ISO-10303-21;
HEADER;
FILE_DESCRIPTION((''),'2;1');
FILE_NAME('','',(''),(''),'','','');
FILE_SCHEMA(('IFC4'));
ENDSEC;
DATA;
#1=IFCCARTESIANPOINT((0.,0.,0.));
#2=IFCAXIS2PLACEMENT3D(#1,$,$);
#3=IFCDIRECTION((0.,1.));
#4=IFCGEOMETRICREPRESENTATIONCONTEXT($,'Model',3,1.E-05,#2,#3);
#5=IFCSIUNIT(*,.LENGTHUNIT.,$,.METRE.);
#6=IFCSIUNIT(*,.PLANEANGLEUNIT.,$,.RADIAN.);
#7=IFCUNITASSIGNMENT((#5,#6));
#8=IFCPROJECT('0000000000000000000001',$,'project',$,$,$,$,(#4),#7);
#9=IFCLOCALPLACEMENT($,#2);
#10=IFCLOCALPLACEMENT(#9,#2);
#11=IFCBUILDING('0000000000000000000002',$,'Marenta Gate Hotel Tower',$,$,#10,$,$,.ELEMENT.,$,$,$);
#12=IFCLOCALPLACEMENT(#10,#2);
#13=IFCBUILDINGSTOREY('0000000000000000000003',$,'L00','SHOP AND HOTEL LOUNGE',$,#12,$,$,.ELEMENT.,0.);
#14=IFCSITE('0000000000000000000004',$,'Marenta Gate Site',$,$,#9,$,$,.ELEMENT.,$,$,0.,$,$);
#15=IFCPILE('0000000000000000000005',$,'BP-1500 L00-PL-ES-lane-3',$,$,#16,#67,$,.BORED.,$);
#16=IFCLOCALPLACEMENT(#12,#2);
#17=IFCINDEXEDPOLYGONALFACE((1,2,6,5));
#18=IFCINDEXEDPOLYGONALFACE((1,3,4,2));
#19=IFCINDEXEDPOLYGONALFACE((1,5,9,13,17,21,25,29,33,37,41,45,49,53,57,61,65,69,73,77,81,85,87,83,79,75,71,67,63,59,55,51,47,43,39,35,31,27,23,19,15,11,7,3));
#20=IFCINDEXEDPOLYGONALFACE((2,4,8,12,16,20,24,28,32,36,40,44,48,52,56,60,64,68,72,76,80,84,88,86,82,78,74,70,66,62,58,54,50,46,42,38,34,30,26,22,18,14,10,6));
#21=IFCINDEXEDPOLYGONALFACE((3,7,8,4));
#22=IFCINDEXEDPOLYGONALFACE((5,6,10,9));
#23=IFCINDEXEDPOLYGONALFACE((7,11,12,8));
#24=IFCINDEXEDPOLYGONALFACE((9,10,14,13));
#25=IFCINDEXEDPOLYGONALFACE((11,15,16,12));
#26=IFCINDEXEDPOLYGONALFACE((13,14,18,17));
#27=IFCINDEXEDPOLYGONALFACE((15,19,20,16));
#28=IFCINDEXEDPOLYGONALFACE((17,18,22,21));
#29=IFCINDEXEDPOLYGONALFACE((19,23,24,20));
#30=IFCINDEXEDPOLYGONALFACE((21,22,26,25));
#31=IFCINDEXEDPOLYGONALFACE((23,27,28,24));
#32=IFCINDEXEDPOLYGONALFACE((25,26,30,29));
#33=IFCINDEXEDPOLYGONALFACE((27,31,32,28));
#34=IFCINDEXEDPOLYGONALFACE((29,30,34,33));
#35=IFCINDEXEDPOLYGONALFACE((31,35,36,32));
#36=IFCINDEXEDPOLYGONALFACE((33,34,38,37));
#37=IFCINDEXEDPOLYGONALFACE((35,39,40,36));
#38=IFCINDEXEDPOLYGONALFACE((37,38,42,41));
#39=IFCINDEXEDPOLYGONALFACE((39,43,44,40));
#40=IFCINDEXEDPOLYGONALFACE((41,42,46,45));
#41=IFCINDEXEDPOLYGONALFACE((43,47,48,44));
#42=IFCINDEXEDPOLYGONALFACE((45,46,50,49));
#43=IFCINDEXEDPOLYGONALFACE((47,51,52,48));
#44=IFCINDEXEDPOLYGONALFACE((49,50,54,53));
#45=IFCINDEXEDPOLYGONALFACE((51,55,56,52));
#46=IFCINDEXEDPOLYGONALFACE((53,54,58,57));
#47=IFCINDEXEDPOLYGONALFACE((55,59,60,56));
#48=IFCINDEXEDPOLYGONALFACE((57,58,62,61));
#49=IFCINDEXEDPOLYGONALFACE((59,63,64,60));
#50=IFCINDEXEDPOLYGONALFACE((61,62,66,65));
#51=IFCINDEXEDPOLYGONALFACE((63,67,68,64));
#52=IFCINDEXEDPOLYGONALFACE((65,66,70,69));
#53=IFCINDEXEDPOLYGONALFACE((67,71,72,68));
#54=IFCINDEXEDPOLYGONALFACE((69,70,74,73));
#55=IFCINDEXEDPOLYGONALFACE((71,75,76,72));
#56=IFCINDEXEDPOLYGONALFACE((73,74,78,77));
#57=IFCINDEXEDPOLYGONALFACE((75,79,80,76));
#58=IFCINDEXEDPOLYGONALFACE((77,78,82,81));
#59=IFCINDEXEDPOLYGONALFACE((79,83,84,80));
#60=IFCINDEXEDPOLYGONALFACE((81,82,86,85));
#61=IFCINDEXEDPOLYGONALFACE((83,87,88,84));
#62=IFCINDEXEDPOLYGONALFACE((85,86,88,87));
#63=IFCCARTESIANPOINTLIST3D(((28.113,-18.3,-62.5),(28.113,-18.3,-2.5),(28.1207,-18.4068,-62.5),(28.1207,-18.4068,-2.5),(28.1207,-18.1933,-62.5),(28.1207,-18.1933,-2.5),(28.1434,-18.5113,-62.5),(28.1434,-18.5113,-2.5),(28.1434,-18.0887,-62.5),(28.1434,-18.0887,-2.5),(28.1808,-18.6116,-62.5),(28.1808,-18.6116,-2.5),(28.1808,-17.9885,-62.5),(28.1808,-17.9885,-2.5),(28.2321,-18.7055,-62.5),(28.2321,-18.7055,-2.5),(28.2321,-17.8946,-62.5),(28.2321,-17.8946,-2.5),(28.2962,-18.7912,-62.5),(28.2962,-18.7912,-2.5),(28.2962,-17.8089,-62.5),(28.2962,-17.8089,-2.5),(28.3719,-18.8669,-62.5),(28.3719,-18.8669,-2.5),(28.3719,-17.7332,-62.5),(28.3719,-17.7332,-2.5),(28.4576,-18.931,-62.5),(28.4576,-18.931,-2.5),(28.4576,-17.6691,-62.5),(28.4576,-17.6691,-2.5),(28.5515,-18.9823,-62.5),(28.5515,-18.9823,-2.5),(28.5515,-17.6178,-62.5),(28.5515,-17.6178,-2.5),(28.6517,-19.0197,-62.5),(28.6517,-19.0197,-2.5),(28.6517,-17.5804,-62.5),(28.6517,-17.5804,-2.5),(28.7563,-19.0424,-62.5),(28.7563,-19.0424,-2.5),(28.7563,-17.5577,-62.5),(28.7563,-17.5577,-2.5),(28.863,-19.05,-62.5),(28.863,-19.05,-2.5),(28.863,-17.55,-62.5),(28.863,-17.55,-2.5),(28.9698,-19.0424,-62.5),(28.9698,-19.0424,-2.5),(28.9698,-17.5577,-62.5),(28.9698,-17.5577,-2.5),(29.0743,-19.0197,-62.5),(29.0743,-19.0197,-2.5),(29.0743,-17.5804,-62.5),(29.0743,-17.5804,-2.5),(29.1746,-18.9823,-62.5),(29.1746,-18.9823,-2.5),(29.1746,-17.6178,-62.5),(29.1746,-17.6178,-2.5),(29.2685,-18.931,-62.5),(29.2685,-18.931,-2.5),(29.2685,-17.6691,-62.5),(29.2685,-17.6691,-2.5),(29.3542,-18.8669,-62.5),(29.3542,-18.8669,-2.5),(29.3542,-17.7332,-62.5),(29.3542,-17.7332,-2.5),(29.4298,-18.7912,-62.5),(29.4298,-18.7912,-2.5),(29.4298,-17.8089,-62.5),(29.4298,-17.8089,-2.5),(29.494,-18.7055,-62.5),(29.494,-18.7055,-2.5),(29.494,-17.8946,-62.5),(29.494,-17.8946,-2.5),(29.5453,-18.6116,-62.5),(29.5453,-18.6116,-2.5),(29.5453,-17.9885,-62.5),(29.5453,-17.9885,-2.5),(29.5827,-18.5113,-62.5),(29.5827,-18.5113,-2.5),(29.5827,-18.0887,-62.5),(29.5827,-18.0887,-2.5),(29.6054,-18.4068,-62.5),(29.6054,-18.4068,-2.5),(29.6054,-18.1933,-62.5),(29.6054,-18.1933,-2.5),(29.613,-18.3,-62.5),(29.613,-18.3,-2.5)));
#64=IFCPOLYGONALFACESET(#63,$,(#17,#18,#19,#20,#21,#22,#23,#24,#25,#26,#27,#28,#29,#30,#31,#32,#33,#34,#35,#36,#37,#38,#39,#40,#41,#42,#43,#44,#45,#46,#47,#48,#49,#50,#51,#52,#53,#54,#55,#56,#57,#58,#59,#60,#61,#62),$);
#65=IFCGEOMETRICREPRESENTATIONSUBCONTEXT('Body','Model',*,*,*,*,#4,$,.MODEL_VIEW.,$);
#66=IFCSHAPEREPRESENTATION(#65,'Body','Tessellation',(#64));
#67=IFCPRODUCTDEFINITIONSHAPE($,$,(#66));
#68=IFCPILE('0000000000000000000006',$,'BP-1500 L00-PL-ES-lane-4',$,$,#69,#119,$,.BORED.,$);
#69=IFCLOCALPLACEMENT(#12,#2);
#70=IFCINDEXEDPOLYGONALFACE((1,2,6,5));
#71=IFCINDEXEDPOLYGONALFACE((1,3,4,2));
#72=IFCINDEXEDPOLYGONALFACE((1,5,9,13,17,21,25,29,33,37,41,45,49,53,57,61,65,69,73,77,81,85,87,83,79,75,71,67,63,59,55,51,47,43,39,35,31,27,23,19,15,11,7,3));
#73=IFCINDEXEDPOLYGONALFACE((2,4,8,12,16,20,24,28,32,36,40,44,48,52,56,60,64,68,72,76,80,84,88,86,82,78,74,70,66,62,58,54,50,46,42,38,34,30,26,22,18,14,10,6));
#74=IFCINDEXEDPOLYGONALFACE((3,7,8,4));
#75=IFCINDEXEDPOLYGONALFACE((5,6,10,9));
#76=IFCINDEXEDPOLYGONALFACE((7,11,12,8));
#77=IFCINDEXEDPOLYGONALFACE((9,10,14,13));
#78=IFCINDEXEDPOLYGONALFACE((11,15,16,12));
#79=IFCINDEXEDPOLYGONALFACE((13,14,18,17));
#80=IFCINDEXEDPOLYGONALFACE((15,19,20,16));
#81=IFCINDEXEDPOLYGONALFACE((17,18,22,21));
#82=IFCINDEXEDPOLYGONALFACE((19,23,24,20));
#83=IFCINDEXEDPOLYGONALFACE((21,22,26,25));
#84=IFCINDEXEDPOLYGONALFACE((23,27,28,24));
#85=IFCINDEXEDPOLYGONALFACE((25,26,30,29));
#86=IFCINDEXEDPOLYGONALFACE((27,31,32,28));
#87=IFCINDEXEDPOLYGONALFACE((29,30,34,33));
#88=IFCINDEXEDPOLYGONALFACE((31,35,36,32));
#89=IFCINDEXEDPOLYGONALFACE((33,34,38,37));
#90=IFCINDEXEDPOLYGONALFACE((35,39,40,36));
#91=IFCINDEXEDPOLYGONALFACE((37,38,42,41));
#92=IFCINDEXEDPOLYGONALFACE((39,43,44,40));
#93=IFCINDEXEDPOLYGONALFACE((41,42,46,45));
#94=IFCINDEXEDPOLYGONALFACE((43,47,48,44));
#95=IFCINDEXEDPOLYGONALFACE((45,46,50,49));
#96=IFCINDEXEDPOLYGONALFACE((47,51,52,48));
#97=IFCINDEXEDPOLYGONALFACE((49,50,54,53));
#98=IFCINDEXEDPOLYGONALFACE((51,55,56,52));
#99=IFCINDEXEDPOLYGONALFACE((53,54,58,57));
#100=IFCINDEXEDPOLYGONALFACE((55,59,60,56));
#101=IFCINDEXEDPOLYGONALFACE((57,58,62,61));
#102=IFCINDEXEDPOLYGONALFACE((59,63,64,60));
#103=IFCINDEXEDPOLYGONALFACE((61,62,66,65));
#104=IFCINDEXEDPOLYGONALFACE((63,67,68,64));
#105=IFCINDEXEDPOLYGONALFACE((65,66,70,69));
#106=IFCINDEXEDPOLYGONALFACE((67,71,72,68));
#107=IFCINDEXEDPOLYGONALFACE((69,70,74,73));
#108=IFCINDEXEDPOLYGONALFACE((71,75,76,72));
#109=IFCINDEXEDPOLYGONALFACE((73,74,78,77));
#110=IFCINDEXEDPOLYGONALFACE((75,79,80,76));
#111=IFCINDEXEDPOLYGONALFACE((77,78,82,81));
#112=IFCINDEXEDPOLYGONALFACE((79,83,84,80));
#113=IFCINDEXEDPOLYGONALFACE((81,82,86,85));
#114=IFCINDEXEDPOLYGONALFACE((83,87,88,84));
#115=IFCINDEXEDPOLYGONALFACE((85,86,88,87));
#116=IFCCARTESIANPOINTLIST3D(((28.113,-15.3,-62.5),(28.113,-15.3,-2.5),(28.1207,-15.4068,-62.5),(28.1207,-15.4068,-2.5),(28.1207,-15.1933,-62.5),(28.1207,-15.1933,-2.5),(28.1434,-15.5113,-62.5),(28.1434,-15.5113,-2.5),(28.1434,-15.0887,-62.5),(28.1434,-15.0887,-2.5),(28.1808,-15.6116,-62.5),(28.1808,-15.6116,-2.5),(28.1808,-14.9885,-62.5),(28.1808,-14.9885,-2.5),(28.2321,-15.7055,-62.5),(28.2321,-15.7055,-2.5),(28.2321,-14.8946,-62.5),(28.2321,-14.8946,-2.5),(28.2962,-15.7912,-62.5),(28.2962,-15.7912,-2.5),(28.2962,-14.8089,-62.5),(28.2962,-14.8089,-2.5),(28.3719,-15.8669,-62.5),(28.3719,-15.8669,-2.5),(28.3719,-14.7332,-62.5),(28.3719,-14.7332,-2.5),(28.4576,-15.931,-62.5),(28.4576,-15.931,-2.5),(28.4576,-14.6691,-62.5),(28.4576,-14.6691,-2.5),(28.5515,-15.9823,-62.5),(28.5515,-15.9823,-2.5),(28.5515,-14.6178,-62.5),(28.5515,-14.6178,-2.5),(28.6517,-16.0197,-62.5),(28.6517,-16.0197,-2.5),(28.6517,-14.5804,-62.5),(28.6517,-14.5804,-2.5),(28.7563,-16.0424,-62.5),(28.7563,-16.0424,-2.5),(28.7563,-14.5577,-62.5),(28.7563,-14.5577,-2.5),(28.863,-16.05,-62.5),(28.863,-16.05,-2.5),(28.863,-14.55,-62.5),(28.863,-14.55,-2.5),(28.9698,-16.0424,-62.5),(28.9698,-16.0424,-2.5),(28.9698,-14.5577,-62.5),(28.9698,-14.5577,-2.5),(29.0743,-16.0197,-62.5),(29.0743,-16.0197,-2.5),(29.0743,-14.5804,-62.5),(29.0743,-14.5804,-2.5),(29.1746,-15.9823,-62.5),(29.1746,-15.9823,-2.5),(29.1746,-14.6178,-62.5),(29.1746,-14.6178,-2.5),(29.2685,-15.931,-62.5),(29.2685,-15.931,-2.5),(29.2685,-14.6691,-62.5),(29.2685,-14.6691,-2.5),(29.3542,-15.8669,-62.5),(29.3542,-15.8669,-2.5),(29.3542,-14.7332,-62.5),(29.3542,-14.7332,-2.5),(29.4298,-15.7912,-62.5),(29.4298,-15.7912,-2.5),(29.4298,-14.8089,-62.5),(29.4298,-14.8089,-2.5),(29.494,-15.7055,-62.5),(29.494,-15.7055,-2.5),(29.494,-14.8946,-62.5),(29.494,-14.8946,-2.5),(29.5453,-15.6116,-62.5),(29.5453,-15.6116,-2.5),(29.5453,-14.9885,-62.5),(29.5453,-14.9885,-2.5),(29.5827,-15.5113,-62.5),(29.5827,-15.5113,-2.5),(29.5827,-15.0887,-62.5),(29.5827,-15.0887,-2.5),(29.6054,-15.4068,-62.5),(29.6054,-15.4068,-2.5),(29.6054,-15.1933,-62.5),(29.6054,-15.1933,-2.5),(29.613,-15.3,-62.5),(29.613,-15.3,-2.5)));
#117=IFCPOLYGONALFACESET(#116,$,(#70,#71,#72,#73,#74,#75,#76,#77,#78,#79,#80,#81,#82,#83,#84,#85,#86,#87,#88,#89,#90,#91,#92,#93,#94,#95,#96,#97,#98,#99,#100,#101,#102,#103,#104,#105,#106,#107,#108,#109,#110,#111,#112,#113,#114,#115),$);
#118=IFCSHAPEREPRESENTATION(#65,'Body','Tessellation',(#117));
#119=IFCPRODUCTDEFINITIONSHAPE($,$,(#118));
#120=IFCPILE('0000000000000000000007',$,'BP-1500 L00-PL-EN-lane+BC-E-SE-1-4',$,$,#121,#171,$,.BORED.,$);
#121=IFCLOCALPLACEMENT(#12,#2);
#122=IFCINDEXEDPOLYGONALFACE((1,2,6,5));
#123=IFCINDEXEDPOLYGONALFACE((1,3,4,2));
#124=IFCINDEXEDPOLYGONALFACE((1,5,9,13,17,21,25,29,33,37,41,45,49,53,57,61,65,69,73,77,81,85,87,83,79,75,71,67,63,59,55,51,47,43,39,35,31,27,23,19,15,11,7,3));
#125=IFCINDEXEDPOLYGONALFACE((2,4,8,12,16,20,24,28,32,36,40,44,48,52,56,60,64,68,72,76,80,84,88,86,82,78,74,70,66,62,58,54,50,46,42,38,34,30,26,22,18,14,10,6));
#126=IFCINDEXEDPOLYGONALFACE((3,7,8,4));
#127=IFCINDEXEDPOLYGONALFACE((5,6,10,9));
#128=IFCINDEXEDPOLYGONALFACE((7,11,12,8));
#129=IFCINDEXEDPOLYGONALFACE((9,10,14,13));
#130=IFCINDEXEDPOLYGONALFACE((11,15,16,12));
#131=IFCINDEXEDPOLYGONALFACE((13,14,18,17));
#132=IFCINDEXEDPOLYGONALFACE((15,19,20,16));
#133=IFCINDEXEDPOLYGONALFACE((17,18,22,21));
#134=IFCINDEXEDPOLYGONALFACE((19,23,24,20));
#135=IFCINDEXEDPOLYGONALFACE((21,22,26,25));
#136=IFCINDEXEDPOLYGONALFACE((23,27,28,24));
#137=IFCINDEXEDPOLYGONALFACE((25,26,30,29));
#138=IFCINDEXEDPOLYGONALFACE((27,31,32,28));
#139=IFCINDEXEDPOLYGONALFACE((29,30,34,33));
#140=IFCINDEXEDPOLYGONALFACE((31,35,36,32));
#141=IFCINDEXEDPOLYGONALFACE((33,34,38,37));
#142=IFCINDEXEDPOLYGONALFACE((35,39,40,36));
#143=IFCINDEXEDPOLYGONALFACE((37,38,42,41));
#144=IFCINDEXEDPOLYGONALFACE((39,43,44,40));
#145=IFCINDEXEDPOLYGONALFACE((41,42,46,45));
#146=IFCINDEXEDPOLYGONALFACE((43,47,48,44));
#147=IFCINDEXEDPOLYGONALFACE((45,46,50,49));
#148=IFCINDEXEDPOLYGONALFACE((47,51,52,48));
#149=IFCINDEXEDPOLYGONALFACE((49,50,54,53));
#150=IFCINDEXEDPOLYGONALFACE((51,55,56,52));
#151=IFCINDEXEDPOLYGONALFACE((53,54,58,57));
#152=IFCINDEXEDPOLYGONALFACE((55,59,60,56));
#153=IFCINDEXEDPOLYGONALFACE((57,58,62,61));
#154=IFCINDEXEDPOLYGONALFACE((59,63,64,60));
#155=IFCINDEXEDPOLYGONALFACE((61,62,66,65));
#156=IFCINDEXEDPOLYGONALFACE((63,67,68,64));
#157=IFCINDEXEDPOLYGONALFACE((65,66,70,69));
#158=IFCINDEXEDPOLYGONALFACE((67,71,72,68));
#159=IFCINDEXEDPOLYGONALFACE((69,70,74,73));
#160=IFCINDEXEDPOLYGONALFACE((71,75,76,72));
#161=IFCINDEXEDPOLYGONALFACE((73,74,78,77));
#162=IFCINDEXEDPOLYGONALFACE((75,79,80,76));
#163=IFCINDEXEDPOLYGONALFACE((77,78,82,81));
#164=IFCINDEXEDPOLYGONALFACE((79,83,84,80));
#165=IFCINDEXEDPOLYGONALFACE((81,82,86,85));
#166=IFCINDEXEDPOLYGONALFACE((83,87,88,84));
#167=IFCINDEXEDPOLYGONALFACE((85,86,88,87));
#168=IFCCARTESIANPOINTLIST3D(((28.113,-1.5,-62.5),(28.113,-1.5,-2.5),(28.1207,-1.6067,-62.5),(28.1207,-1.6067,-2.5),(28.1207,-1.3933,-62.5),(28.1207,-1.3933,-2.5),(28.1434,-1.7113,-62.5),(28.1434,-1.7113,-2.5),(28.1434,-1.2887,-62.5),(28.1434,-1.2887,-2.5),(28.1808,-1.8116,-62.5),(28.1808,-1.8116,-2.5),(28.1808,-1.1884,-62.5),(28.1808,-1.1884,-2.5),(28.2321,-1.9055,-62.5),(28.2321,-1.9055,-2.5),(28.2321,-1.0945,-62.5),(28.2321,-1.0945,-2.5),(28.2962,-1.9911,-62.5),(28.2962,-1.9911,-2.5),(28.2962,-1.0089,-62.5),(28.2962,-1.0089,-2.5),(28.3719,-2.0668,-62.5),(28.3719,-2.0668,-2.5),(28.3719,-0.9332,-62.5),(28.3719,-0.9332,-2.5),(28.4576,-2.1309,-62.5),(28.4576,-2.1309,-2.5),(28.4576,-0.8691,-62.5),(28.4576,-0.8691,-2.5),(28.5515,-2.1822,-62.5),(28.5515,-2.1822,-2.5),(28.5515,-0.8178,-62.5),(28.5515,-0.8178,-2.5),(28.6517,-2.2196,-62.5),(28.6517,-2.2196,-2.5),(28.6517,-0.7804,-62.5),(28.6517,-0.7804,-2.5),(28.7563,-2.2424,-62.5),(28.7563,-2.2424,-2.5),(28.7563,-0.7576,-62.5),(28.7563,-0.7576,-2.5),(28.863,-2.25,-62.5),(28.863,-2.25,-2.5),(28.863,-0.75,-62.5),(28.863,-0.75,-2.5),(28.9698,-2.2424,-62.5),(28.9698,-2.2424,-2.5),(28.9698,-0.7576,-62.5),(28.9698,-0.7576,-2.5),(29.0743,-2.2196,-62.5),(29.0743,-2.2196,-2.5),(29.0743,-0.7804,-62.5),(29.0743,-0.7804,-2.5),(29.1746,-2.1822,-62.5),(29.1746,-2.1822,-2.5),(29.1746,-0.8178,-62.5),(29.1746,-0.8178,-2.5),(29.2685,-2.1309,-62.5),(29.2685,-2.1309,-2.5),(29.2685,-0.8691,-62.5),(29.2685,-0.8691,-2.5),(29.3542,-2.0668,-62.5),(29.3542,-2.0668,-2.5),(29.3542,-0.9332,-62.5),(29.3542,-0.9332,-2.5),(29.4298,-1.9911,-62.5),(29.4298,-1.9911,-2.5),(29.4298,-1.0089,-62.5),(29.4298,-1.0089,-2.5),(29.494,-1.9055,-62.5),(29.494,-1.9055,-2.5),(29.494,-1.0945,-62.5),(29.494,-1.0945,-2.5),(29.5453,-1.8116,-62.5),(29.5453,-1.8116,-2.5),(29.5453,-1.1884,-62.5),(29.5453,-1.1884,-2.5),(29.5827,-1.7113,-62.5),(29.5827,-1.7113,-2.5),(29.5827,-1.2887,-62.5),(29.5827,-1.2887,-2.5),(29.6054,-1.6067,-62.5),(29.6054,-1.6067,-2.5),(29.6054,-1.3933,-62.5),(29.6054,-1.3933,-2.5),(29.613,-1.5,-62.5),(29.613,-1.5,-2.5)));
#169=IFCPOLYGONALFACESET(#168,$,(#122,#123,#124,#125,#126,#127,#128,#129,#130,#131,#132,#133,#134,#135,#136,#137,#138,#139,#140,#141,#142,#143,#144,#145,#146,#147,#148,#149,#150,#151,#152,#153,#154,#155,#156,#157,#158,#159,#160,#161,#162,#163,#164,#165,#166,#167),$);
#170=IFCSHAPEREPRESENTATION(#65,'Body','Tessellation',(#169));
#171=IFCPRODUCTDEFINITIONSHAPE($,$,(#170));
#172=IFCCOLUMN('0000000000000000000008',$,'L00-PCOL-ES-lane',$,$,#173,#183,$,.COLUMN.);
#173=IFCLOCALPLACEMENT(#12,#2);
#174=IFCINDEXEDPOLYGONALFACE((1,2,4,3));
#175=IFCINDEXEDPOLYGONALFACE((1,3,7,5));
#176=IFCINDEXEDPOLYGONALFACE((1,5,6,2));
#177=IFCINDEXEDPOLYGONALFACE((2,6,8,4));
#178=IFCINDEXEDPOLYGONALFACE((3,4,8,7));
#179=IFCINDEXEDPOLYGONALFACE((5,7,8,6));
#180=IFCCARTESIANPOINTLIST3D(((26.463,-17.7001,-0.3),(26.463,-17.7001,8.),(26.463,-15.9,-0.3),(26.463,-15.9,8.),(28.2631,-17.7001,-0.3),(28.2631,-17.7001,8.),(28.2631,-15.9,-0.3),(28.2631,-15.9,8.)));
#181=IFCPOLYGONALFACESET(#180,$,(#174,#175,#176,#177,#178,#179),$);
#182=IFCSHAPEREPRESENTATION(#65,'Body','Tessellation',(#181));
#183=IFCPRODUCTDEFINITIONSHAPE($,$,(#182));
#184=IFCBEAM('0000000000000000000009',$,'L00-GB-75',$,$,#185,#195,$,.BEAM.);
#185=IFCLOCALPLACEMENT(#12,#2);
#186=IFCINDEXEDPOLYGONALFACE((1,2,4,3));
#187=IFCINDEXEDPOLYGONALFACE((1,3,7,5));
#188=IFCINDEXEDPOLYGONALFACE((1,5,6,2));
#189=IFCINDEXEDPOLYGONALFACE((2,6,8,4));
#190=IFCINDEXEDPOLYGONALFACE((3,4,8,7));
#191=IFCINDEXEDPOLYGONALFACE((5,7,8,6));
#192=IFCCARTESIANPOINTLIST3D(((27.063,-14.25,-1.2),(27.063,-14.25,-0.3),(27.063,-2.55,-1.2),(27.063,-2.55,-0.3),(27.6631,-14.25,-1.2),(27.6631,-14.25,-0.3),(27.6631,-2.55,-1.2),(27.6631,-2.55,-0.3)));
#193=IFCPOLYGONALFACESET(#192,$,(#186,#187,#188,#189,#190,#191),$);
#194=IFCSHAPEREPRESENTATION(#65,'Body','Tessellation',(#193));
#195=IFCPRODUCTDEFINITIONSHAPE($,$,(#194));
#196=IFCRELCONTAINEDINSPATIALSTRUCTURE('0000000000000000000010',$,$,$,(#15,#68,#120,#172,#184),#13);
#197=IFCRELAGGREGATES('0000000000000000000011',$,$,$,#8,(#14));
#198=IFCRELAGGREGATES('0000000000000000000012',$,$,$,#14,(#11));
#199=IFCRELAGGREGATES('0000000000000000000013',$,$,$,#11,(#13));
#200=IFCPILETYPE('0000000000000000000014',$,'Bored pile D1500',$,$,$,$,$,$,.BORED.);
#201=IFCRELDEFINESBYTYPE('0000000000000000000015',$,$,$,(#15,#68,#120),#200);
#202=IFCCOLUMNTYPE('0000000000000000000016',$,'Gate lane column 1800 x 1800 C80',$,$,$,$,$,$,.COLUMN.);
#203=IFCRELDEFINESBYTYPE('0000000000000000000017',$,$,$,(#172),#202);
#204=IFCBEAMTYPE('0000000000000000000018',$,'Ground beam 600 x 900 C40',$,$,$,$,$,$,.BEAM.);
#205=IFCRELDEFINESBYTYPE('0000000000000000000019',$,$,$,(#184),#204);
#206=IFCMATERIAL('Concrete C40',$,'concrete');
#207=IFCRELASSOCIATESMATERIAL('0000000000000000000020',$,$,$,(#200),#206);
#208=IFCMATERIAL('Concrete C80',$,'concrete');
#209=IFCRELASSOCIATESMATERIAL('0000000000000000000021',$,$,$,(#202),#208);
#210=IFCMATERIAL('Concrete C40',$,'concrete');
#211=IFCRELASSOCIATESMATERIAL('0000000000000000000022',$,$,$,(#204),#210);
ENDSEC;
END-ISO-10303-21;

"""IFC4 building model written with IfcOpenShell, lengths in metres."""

from ifc_helpers import new_model, si_unit, direction, frame, origin, origin_2d, place, context, subcontext, project, spatial, rectangle, circle, extrude, material, material_profile, profile_set, type_object, element, save


model = new_model("IFC4")

# Units and contexts
model_context = context("Model", 3, precision=1e-05, world=origin(), true_north=direction((0.0, 1.0)))
body_context = subcontext(model_context, "Body", "Model", "MODEL_VIEW")
ifc_project = project(units=[si_unit("LENGTHUNIT", "METRE"), si_unit("PLANEANGLEUNIT", "RADIAN")], contexts=[model_context])

# Site, building, storey
site_placement = place(None, origin())
site = spatial("IfcSite", under=ifc_project, at=site_placement, Name="Marenta Gate Site", CompositionType="ELEMENT", RefElevation=0.0)
building_placement = place(site_placement, origin())
building = spatial("IfcBuilding", under=site, at=building_placement, Name="Marenta Gate Hotel Tower", CompositionType="ELEMENT")
storey_placement = place(building_placement, origin())
storey = spatial("IfcBuildingStorey", under=building, at=storey_placement, Name="L00", Description="SHOP AND HOTEL LOUNGE", CompositionType="ELEMENT", Elevation=0.0)

# Piles
ifc_material_1 = material(Name="Concrete C40", Category="concrete")
pile_type = type_object("IfcPileType", Name="Bored pile D1500", PredefinedType="BORED", material=ifc_material_1)
for number, where, z_axis, x_axis, name in (
    (1, (28.863, -18.3, -2.5), (0.0, 0.0, -1.0), (1.0, 0.0, 0.0), "BP-1500 L00-PL-ES-lane-3"),
    (2, (28.863, -15.3, -2.5), (0.0, 0.0, -1.0), (1.0, 0.0, 0.0), "BP-1500 L00-PL-ES-lane-4"),
    (3, (28.863, -1.5, -2.5), (0.0, 0.0, -1.0), (1.0, 0.0, 0.0), "BP-1500 L00-PL-EN-lane+BC-E-SE-1-4"),
):
    element("IfcPile", number, at=place(storey_placement, frame(where, z_axis=z_axis, x_axis=x_axis)), inside=storey, type_object=pile_type, Name=name, PredefinedType="BORED", context=body_context, shape_type="SweptSolid", body=[
        extrude(circle(Radius=0.75, at=origin_2d()), origin(), (0.0, 0.0, 1.0), 60.0),
    ])

# Column
ifc_material_2 = material(Name="Concrete C80", Category="concrete")
ifc_material_profile_1 = material_profile(ifc_material_2, rectangle(XDim=1.8, YDim=1.8, at=origin_2d()), Name="1800 x 1800")
ifc_profile_set_1 = profile_set([ifc_material_profile_1], Name="Concrete C80")
column_type = type_object("IfcColumnType", Name="Gate lane column 1800 x 1800 C80", PredefinedType="COLUMN", material=ifc_profile_set_1)
column_placement = place(storey_placement, frame((27.363, -16.8, -0.3), z_axis=(0.0, 0.0, 1.0), x_axis=(1.0, 0.0, 0.0)))
element("IfcColumn", 4, at=column_placement, inside=storey, type_object=column_type, Name="L00-PCOL-ES-lane", PredefinedType="COLUMN", context=body_context, shape_type="SweptSolid", body=[
    extrude(rectangle(XDim=1.8, YDim=1.8, at=origin_2d()), origin(), (0.0, 0.0, 1.0), 8.3),
])

# Beam
ifc_material_3 = material(Name="Concrete C40", Category="concrete")
ifc_material_profile_2 = material_profile(ifc_material_3, rectangle(XDim=0.6001, YDim=0.8999, at=origin_2d()), Name="600 x 900")
ifc_profile_set_2 = profile_set([ifc_material_profile_2], Name="Concrete C40")
beam_type_1 = type_object("IfcBeamType", Name="Ground beam 600 x 900 C40", PredefinedType="BEAM", material=ifc_profile_set_2)
beam_placement = place(storey_placement, frame((27.363, -14.25, -0.75), z_axis=(0.0, 1.0, 0.0), x_axis=(-1.0, 0.0, 0.0)))
element("IfcBeam", 5, at=beam_placement, inside=storey, type_object=beam_type_1, Name="L00-GB-75", PredefinedType="BEAM", context=body_context, shape_type="SweptSolid", body=[
    extrude(rectangle(XDim=0.6001, YDim=0.8999, at=origin_2d()), origin(), (0.0, 0.0, 1.0), 11.7),
])

save(model, "model.ifc")
